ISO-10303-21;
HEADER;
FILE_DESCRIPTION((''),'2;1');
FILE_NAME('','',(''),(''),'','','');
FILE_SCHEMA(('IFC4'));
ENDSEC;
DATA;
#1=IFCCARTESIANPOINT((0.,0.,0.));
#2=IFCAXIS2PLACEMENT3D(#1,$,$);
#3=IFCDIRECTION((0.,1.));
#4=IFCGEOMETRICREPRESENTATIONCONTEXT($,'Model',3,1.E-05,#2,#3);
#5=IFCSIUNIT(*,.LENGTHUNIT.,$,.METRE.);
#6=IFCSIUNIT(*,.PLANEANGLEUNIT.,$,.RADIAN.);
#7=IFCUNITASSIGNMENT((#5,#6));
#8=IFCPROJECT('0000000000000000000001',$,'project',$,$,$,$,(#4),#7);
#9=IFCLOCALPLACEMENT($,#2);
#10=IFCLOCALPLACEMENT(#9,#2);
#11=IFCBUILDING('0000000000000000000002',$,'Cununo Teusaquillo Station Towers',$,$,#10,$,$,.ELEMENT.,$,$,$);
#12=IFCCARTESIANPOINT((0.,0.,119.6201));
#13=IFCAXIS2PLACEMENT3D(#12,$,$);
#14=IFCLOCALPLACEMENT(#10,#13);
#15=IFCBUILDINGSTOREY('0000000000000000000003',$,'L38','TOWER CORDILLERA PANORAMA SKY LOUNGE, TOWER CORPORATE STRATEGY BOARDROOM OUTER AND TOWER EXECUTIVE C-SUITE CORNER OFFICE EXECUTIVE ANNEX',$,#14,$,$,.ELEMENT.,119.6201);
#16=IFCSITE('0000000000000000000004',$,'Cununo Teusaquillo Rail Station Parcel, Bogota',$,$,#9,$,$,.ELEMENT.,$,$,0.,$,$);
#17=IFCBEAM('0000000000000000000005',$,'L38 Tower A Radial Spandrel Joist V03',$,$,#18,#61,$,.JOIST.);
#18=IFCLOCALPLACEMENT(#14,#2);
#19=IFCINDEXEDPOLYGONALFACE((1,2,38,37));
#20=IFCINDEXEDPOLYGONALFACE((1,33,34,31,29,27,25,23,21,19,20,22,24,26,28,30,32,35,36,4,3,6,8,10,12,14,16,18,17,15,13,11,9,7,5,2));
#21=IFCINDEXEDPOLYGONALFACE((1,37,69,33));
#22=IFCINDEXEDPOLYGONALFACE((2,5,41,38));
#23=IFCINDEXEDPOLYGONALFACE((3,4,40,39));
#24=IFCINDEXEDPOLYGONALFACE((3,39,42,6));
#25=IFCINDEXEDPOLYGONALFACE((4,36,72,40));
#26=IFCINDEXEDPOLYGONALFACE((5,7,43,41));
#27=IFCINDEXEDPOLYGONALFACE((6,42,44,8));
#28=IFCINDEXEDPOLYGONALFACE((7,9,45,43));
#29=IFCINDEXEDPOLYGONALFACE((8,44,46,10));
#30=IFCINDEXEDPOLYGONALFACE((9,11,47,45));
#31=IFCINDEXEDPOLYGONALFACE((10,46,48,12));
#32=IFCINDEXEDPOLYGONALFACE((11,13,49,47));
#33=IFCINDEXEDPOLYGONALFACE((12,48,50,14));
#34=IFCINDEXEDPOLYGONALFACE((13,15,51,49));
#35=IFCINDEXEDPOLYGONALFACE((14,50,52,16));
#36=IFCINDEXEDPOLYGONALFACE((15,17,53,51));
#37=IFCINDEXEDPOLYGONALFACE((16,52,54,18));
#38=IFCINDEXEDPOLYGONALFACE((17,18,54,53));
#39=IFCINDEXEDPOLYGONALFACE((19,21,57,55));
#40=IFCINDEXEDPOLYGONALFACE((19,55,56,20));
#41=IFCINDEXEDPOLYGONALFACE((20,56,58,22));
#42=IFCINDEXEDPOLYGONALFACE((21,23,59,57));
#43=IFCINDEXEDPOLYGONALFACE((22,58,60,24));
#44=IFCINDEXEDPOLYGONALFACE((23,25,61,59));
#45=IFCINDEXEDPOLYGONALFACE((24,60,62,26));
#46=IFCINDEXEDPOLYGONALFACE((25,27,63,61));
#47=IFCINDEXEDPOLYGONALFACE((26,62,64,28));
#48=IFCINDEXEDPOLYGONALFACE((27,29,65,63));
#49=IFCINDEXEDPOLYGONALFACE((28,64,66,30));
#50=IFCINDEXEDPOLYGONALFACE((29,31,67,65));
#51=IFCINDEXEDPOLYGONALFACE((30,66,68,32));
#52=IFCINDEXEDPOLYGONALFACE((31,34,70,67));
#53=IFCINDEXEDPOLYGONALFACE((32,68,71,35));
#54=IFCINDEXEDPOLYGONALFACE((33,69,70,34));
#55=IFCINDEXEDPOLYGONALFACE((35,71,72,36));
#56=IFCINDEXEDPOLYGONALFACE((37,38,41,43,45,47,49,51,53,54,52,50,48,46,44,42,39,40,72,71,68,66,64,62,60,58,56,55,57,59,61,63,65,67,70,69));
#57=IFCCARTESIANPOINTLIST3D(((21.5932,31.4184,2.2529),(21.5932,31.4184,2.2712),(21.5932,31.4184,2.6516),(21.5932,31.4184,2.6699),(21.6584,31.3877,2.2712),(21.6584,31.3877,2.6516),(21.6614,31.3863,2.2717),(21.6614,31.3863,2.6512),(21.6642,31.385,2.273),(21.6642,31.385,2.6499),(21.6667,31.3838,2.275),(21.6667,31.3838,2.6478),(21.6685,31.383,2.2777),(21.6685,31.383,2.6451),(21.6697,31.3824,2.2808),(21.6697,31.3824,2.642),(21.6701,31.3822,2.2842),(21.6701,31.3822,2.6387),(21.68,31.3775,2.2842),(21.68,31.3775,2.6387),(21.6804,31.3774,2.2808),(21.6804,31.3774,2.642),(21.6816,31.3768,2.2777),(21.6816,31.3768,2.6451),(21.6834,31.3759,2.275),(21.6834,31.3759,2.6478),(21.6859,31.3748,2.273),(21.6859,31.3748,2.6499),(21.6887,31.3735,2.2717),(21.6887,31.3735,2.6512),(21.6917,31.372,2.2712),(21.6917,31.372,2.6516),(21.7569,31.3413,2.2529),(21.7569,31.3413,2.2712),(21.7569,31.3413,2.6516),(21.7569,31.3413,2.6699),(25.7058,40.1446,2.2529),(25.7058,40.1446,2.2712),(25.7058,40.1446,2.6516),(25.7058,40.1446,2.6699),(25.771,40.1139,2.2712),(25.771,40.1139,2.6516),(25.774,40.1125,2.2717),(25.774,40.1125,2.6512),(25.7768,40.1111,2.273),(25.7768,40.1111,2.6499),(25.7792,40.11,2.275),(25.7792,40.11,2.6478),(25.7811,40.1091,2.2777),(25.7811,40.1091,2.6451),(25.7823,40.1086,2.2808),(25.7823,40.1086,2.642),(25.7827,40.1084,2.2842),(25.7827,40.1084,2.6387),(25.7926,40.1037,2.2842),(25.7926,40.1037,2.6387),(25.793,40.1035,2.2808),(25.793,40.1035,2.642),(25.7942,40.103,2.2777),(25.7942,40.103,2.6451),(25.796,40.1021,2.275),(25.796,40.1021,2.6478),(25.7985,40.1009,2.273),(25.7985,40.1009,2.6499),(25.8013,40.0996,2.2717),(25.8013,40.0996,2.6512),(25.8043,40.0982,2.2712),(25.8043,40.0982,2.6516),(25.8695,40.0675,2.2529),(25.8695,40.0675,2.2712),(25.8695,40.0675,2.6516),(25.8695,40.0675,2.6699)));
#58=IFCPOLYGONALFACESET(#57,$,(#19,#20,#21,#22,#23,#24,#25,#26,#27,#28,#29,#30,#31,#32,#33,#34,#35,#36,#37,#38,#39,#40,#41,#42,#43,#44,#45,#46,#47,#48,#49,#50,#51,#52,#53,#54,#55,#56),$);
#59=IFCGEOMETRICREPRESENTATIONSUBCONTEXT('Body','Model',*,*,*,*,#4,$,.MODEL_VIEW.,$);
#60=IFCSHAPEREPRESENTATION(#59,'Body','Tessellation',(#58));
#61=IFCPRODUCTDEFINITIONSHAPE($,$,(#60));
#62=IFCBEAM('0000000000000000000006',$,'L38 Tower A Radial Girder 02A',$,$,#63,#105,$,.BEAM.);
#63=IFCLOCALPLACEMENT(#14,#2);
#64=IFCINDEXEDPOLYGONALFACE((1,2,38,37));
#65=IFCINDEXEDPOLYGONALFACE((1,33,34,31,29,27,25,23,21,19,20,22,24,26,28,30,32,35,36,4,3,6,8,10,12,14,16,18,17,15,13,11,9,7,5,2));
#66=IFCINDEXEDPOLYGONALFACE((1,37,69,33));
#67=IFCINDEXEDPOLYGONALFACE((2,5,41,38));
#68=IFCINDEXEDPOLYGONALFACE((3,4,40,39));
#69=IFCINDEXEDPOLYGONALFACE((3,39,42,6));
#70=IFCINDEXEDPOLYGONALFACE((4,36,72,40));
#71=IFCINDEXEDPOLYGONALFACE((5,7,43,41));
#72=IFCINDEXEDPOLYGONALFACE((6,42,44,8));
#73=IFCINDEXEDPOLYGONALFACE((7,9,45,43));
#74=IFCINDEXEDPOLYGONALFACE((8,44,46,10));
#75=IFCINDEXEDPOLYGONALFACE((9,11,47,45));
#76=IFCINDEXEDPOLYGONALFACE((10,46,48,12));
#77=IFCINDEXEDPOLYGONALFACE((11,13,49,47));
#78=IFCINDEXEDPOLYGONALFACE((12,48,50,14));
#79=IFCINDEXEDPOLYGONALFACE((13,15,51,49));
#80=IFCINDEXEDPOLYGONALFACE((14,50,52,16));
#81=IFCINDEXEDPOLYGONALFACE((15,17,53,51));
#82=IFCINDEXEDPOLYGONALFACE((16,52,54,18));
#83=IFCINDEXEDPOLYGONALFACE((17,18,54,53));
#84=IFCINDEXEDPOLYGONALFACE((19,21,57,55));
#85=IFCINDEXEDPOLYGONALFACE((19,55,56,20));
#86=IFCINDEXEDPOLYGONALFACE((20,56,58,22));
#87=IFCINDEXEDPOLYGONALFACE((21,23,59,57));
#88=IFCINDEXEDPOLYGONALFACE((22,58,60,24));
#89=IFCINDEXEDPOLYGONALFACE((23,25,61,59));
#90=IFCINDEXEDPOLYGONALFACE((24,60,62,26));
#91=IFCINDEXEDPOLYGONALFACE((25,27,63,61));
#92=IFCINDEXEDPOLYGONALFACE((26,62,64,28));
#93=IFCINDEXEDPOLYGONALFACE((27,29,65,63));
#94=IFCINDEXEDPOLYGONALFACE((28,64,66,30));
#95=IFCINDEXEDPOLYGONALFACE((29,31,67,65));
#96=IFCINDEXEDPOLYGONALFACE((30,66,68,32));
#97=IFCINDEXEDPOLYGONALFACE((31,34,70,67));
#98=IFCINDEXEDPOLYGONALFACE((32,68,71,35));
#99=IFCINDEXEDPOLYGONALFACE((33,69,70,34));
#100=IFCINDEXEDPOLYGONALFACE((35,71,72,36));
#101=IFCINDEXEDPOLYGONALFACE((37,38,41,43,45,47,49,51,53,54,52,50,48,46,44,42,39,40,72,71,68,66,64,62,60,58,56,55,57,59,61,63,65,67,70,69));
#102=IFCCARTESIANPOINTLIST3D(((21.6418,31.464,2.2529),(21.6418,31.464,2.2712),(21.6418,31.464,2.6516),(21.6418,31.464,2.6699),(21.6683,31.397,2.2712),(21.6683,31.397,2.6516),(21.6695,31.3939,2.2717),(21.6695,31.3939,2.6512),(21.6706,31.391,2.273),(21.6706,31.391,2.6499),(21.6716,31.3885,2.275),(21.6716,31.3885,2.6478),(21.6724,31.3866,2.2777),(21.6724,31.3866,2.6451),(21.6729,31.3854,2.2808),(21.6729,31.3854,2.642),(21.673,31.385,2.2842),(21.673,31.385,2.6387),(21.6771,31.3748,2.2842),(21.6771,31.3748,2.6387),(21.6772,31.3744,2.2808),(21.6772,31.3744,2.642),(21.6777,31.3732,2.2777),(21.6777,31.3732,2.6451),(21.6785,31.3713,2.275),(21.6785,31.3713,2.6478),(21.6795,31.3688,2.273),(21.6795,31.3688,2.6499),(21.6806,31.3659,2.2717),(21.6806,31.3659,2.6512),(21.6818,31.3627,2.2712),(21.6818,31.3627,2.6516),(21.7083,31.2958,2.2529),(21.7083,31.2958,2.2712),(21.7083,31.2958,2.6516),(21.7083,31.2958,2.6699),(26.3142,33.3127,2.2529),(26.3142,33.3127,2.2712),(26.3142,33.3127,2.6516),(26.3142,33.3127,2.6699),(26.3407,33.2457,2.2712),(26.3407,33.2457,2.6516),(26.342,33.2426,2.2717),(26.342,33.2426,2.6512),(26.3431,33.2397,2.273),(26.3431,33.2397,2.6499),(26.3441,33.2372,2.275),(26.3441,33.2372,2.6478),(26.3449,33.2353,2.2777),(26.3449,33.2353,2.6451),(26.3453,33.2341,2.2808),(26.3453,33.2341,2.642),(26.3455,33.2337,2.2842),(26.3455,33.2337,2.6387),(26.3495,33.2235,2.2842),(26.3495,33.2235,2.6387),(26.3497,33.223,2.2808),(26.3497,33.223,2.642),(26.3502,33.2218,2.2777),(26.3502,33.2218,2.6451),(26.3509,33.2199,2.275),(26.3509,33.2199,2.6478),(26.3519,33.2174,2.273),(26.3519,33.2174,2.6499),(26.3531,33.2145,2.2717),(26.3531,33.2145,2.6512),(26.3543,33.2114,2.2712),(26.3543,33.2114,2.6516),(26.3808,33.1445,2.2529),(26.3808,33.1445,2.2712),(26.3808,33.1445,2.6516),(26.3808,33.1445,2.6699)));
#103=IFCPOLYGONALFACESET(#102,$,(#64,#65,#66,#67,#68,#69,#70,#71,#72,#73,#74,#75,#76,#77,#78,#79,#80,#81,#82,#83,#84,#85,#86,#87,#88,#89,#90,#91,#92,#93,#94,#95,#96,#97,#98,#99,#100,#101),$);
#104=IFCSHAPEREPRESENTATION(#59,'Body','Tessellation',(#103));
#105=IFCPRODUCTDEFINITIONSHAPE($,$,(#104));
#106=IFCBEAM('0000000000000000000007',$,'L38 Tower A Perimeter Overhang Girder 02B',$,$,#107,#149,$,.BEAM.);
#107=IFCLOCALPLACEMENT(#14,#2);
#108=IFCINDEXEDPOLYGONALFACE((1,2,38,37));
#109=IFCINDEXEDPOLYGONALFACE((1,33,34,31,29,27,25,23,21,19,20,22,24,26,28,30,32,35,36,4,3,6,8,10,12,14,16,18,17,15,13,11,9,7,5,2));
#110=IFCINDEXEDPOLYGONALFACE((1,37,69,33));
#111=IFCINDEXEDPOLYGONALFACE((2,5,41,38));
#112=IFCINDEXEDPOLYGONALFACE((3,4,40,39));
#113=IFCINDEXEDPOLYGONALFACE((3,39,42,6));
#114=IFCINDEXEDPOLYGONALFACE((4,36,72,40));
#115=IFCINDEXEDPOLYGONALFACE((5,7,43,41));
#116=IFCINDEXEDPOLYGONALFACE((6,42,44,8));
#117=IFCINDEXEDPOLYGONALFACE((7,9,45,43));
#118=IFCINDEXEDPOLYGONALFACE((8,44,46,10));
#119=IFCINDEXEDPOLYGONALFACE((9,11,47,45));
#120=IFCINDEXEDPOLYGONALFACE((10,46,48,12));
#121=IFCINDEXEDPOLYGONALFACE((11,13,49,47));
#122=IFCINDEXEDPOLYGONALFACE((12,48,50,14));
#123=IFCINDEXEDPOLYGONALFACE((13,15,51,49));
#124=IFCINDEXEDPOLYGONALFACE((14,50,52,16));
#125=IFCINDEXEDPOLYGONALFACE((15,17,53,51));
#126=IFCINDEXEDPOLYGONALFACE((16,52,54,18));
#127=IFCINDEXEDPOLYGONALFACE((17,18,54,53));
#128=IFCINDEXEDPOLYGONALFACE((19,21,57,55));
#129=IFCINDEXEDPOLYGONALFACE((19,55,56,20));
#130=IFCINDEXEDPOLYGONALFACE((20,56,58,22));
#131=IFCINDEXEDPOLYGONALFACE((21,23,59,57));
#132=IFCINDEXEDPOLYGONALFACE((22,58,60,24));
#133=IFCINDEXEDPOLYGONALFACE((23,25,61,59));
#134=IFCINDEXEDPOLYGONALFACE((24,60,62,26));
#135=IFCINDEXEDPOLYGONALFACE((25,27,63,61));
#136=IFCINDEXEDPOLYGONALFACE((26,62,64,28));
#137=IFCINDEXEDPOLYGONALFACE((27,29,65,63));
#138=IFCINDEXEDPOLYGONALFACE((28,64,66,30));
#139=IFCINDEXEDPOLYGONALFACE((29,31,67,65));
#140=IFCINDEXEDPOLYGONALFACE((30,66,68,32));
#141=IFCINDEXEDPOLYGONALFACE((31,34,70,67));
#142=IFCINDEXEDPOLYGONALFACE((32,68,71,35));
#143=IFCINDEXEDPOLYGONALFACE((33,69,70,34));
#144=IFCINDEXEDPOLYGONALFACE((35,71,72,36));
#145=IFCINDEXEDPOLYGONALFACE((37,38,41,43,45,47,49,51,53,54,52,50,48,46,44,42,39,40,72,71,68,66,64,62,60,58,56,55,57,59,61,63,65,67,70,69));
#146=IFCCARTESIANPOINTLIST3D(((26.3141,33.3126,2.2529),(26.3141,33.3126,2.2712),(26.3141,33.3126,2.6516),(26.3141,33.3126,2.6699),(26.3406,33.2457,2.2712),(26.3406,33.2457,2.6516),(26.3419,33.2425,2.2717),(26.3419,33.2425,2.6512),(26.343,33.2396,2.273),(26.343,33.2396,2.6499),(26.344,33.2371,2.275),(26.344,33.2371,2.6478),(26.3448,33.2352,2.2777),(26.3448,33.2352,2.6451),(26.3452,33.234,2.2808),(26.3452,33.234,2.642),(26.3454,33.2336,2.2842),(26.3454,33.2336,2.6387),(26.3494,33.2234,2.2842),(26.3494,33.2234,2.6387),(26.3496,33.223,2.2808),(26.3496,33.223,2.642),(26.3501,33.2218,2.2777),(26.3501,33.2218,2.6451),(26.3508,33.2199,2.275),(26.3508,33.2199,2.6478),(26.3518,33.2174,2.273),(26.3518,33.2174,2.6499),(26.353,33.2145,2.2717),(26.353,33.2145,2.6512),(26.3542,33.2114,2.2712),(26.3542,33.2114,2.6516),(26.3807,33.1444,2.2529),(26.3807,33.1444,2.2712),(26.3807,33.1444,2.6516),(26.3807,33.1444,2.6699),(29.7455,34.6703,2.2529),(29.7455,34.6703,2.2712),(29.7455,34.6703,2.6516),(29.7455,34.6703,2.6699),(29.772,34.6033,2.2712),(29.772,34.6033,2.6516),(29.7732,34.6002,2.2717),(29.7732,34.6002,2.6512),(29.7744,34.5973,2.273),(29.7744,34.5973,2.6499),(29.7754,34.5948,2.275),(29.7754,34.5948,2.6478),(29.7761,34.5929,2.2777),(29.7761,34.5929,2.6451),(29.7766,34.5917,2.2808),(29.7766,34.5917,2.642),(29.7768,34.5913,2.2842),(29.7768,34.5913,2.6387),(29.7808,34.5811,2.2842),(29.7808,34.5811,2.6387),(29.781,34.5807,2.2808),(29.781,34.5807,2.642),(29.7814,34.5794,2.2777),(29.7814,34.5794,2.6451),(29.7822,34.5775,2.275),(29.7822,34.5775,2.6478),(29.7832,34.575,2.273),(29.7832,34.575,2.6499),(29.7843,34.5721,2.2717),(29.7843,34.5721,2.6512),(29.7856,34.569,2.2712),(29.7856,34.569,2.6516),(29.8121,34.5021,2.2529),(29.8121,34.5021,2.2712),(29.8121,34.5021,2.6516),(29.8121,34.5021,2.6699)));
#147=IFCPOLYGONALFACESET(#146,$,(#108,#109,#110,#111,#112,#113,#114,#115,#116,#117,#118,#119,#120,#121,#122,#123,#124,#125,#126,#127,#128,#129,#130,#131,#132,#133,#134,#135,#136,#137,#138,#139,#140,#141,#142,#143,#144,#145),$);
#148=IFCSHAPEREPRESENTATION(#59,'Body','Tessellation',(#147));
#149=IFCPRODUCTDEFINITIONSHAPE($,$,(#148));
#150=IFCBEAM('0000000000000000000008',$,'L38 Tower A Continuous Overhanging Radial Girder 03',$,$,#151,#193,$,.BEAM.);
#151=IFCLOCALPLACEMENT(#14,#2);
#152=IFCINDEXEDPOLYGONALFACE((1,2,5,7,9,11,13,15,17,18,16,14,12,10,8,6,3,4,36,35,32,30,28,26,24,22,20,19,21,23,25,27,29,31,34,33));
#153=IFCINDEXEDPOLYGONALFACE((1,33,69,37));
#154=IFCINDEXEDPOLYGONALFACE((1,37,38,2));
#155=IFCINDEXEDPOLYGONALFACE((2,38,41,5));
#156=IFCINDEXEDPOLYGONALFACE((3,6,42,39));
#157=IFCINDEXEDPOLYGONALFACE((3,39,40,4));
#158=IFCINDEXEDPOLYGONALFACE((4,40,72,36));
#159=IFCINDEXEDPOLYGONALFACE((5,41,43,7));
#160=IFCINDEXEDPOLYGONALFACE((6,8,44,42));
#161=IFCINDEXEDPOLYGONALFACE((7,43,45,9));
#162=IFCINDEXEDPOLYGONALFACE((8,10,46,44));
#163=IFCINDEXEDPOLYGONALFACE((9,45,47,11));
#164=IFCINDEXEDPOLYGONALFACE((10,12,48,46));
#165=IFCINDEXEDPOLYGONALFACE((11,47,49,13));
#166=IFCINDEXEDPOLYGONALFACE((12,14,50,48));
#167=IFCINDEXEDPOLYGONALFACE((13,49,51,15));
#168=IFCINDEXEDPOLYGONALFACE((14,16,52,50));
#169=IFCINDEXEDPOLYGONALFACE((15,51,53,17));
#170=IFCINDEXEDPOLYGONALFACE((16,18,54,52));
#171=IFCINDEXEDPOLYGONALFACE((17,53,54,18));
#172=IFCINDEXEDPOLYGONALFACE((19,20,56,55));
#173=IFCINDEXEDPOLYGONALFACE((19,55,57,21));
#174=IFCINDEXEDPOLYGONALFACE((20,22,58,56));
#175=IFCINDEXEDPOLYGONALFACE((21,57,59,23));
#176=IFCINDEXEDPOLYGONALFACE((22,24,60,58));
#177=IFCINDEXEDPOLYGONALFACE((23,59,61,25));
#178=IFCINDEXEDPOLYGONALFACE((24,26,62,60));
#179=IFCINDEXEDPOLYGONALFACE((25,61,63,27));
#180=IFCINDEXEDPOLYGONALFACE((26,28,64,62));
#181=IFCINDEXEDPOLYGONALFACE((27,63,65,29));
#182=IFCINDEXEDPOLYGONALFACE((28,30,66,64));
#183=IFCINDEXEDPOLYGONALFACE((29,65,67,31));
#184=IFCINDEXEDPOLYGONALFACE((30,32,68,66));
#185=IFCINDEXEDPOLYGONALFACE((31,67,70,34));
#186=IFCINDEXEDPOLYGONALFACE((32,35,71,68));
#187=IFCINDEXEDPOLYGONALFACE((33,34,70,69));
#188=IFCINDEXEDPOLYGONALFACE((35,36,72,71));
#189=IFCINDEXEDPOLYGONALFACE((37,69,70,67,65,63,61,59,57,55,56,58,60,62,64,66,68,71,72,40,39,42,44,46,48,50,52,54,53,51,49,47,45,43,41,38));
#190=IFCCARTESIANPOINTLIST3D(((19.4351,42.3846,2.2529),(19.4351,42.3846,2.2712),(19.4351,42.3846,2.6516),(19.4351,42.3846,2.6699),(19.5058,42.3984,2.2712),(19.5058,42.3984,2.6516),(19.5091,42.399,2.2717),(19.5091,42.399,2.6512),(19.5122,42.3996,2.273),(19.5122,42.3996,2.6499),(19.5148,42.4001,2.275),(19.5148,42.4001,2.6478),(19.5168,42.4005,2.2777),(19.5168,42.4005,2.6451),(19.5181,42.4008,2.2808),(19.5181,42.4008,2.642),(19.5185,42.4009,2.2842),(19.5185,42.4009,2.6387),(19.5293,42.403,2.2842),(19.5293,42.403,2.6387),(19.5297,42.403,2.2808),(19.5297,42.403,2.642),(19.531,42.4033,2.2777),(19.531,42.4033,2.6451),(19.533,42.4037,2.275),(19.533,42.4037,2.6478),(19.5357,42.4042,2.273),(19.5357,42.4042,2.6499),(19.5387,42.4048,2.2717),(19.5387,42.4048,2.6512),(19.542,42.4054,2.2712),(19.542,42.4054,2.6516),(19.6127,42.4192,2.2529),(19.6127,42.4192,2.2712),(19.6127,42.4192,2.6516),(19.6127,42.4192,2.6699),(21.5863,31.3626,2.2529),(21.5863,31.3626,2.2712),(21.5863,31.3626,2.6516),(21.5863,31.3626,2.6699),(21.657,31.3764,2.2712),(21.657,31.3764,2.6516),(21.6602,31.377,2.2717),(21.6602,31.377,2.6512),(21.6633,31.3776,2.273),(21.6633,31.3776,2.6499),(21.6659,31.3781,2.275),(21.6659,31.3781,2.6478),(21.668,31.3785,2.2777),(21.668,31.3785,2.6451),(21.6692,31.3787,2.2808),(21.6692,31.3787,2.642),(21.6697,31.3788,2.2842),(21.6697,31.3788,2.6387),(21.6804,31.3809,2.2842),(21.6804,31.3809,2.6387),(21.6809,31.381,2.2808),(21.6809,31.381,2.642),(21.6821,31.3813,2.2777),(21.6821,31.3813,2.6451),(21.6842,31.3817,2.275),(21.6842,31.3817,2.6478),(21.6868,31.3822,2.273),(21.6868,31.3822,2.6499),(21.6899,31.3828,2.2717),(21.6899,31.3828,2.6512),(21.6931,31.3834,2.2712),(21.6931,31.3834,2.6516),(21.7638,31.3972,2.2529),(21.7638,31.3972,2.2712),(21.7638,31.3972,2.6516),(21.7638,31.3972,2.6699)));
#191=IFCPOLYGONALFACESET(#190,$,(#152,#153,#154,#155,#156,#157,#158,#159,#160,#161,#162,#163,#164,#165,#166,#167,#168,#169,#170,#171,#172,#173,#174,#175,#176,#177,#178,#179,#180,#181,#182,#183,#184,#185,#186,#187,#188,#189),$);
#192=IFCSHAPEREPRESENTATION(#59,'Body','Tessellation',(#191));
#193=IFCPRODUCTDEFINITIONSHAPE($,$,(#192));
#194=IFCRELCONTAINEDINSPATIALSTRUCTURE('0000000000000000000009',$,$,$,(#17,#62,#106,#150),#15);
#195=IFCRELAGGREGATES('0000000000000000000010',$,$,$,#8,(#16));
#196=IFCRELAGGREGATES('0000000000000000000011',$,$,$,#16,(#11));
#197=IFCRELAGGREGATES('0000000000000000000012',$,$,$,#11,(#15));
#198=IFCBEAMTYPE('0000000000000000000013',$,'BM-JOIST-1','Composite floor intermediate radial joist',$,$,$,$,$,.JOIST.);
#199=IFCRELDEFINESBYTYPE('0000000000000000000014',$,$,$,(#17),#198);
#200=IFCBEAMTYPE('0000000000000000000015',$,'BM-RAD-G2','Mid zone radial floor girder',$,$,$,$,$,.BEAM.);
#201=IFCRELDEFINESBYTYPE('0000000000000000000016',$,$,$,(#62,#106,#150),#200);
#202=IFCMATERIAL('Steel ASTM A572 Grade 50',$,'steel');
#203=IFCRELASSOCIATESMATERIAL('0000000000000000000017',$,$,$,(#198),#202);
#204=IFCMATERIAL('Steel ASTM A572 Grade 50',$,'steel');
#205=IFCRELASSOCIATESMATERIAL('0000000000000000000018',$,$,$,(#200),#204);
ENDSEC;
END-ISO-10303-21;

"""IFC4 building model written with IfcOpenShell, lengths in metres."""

from ifc_helpers import new_model, si_unit, direction, frame, origin, origin_2d, place, context, subcontext, project, spatial, i_section, extrude, material, material_profile, profile_set, type_object, element, save


model = new_model("IFC4")

# Units and contexts
model_context = context("Model", 3, precision=1e-05, world=origin(), true_north=direction((0.0, 1.0)))
body_context = subcontext(model_context, "Body", "Model", "MODEL_VIEW")
ifc_project = project(units=[si_unit("LENGTHUNIT", "METRE"), si_unit("PLANEANGLEUNIT", "RADIAN")], contexts=[model_context])

# Site, building, storey
site_placement = place(None, origin())
site = spatial("IfcSite", under=ifc_project, at=site_placement, Name="Cununo Teusaquillo Rail Station Parcel, Bogota", CompositionType="ELEMENT", RefElevation=0.0)
building_placement = place(site_placement, origin())
building = spatial("IfcBuilding", under=site, at=building_placement, Name="Cununo Teusaquillo Station Towers", CompositionType="ELEMENT")
storey_placement = place(building_placement, frame((0.0, 0.0, 119.6201)))
storey = spatial("IfcBuildingStorey", under=building, at=storey_placement, Name="L38", Description="TOWER CORDILLERA PANORAMA SKY LOUNGE, TOWER CORPORATE STRATEGY BOARDROOM OUTER AND TOWER EXECUTIVE C-SUITE CORNER OFFICE EXECUTIVE ANNEX", CompositionType="ELEMENT", Elevation=119.6201)

# Beams
ifc_material_1 = material(Name="Steel ASTM A572 Grade 50", Category="steel")
ifc_material_profile_1 = material_profile(ifc_material_1, i_section(OverallWidth=0.1809, OverallDepth=0.417, WebThickness=0.011, FlangeThickness=0.0183, FilletRadius=0.0129, at=origin_2d()), Name="W16X57")
ifc_profile_set_1 = profile_set([ifc_material_profile_1], Name="Steel ASTM A572 Grade 50")
beam_type_1 = type_object("IfcBeamType", Name="BM-JOIST-1", Description="Composite floor intermediate radial joist", PredefinedType="JOIST", material=ifc_profile_set_1)
beam_1_placement = place(storey_placement, frame((21.675, 31.3799, 2.4614), z_axis=(0.42632, 0.904572, 0.0), x_axis=(-0.904572, 0.42632, 0.0)))
element("IfcBeam", 1, at=beam_1_placement, inside=storey, type_object=beam_type_1, Name="L38 Tower A Radial Spandrel Joist V03", PredefinedType="JOIST", context=body_context, shape_type="SweptSolid", body=[
    extrude(i_section(OverallWidth=0.1809, OverallDepth=0.417, WebThickness=0.011, FlangeThickness=0.0183, FilletRadius=0.0129, at=origin_2d()), origin(), (0.0, 0.0, 1.0), 9.6467),
])
ifc_material_2 = material(Name="Steel ASTM A572 Grade 50", Category="steel")
ifc_material_profile_2 = material_profile(ifc_material_2, i_section(OverallWidth=0.1809, OverallDepth=0.417, WebThickness=0.011, FlangeThickness=0.0183, FilletRadius=0.0129, at=origin_2d()), Name="W16X57")
ifc_profile_set_2 = profile_set([ifc_material_profile_2], Name="Steel ASTM A572 Grade 50")
beam_type_2 = type_object("IfcBeamType", Name="BM-RAD-G2", Description="Mid zone radial floor girder", PredefinedType="BEAM", material=ifc_profile_set_2)
beam_2_placement = place(storey_placement, frame((21.675, 31.3799, 2.4614), z_axis=(0.929864, 0.367903, 0.0), x_axis=(-0.367903, 0.929864, 0.0)))
element("IfcBeam", 2, at=beam_2_placement, inside=storey, type_object=beam_type_2, Name="L38 Tower A Radial Girder 02A", PredefinedType="BEAM", context=body_context, shape_type="SweptSolid", body=[
    extrude(i_section(OverallWidth=0.1809, OverallDepth=0.417, WebThickness=0.011, FlangeThickness=0.0183, FilletRadius=0.0129, at=origin_2d()), origin(), (0.0, 0.0, 1.0), 5.0249),
])
beam_3_placement = place(storey_placement, frame((26.3474, 33.2285, 2.4614), z_axis=(0.929862, 0.367909, 0.0), x_axis=(-0.367909, 0.929862, 0.0)))
element("IfcBeam", 3, at=beam_3_placement, inside=storey, type_object=beam_type_2, Name="L38 Tower A Perimeter Overhang Girder 02B", PredefinedType="BEAM", context=body_context, shape_type="SweptSolid", body=[
    extrude(i_section(OverallWidth=0.1809, OverallDepth=0.417, WebThickness=0.011, FlangeThickness=0.0183, FilletRadius=0.0129, at=origin_2d()), origin(), (0.0, 0.0, 1.0), 3.6902),
])
beam_4_placement = place(storey_placement, frame((21.675, 31.3799, 2.4614), z_axis=(-0.191553, 0.981482, 0.0), x_axis=(-0.981482, -0.191553, 0.0)))
element("IfcBeam", 4, at=beam_4_placement, inside=storey, type_object=beam_type_2, Name="L38 Tower A Continuous Overhanging Radial Girder 03", PredefinedType="BEAM", context=body_context, shape_type="SweptSolid", body=[
    extrude(i_section(OverallWidth=0.1809, OverallDepth=0.417, WebThickness=0.011, FlangeThickness=0.0183, FilletRadius=0.0129, at=origin_2d()), origin(), (0.0, 0.0, 1.0), 11.23),
])

save(model, "model.ifc")
